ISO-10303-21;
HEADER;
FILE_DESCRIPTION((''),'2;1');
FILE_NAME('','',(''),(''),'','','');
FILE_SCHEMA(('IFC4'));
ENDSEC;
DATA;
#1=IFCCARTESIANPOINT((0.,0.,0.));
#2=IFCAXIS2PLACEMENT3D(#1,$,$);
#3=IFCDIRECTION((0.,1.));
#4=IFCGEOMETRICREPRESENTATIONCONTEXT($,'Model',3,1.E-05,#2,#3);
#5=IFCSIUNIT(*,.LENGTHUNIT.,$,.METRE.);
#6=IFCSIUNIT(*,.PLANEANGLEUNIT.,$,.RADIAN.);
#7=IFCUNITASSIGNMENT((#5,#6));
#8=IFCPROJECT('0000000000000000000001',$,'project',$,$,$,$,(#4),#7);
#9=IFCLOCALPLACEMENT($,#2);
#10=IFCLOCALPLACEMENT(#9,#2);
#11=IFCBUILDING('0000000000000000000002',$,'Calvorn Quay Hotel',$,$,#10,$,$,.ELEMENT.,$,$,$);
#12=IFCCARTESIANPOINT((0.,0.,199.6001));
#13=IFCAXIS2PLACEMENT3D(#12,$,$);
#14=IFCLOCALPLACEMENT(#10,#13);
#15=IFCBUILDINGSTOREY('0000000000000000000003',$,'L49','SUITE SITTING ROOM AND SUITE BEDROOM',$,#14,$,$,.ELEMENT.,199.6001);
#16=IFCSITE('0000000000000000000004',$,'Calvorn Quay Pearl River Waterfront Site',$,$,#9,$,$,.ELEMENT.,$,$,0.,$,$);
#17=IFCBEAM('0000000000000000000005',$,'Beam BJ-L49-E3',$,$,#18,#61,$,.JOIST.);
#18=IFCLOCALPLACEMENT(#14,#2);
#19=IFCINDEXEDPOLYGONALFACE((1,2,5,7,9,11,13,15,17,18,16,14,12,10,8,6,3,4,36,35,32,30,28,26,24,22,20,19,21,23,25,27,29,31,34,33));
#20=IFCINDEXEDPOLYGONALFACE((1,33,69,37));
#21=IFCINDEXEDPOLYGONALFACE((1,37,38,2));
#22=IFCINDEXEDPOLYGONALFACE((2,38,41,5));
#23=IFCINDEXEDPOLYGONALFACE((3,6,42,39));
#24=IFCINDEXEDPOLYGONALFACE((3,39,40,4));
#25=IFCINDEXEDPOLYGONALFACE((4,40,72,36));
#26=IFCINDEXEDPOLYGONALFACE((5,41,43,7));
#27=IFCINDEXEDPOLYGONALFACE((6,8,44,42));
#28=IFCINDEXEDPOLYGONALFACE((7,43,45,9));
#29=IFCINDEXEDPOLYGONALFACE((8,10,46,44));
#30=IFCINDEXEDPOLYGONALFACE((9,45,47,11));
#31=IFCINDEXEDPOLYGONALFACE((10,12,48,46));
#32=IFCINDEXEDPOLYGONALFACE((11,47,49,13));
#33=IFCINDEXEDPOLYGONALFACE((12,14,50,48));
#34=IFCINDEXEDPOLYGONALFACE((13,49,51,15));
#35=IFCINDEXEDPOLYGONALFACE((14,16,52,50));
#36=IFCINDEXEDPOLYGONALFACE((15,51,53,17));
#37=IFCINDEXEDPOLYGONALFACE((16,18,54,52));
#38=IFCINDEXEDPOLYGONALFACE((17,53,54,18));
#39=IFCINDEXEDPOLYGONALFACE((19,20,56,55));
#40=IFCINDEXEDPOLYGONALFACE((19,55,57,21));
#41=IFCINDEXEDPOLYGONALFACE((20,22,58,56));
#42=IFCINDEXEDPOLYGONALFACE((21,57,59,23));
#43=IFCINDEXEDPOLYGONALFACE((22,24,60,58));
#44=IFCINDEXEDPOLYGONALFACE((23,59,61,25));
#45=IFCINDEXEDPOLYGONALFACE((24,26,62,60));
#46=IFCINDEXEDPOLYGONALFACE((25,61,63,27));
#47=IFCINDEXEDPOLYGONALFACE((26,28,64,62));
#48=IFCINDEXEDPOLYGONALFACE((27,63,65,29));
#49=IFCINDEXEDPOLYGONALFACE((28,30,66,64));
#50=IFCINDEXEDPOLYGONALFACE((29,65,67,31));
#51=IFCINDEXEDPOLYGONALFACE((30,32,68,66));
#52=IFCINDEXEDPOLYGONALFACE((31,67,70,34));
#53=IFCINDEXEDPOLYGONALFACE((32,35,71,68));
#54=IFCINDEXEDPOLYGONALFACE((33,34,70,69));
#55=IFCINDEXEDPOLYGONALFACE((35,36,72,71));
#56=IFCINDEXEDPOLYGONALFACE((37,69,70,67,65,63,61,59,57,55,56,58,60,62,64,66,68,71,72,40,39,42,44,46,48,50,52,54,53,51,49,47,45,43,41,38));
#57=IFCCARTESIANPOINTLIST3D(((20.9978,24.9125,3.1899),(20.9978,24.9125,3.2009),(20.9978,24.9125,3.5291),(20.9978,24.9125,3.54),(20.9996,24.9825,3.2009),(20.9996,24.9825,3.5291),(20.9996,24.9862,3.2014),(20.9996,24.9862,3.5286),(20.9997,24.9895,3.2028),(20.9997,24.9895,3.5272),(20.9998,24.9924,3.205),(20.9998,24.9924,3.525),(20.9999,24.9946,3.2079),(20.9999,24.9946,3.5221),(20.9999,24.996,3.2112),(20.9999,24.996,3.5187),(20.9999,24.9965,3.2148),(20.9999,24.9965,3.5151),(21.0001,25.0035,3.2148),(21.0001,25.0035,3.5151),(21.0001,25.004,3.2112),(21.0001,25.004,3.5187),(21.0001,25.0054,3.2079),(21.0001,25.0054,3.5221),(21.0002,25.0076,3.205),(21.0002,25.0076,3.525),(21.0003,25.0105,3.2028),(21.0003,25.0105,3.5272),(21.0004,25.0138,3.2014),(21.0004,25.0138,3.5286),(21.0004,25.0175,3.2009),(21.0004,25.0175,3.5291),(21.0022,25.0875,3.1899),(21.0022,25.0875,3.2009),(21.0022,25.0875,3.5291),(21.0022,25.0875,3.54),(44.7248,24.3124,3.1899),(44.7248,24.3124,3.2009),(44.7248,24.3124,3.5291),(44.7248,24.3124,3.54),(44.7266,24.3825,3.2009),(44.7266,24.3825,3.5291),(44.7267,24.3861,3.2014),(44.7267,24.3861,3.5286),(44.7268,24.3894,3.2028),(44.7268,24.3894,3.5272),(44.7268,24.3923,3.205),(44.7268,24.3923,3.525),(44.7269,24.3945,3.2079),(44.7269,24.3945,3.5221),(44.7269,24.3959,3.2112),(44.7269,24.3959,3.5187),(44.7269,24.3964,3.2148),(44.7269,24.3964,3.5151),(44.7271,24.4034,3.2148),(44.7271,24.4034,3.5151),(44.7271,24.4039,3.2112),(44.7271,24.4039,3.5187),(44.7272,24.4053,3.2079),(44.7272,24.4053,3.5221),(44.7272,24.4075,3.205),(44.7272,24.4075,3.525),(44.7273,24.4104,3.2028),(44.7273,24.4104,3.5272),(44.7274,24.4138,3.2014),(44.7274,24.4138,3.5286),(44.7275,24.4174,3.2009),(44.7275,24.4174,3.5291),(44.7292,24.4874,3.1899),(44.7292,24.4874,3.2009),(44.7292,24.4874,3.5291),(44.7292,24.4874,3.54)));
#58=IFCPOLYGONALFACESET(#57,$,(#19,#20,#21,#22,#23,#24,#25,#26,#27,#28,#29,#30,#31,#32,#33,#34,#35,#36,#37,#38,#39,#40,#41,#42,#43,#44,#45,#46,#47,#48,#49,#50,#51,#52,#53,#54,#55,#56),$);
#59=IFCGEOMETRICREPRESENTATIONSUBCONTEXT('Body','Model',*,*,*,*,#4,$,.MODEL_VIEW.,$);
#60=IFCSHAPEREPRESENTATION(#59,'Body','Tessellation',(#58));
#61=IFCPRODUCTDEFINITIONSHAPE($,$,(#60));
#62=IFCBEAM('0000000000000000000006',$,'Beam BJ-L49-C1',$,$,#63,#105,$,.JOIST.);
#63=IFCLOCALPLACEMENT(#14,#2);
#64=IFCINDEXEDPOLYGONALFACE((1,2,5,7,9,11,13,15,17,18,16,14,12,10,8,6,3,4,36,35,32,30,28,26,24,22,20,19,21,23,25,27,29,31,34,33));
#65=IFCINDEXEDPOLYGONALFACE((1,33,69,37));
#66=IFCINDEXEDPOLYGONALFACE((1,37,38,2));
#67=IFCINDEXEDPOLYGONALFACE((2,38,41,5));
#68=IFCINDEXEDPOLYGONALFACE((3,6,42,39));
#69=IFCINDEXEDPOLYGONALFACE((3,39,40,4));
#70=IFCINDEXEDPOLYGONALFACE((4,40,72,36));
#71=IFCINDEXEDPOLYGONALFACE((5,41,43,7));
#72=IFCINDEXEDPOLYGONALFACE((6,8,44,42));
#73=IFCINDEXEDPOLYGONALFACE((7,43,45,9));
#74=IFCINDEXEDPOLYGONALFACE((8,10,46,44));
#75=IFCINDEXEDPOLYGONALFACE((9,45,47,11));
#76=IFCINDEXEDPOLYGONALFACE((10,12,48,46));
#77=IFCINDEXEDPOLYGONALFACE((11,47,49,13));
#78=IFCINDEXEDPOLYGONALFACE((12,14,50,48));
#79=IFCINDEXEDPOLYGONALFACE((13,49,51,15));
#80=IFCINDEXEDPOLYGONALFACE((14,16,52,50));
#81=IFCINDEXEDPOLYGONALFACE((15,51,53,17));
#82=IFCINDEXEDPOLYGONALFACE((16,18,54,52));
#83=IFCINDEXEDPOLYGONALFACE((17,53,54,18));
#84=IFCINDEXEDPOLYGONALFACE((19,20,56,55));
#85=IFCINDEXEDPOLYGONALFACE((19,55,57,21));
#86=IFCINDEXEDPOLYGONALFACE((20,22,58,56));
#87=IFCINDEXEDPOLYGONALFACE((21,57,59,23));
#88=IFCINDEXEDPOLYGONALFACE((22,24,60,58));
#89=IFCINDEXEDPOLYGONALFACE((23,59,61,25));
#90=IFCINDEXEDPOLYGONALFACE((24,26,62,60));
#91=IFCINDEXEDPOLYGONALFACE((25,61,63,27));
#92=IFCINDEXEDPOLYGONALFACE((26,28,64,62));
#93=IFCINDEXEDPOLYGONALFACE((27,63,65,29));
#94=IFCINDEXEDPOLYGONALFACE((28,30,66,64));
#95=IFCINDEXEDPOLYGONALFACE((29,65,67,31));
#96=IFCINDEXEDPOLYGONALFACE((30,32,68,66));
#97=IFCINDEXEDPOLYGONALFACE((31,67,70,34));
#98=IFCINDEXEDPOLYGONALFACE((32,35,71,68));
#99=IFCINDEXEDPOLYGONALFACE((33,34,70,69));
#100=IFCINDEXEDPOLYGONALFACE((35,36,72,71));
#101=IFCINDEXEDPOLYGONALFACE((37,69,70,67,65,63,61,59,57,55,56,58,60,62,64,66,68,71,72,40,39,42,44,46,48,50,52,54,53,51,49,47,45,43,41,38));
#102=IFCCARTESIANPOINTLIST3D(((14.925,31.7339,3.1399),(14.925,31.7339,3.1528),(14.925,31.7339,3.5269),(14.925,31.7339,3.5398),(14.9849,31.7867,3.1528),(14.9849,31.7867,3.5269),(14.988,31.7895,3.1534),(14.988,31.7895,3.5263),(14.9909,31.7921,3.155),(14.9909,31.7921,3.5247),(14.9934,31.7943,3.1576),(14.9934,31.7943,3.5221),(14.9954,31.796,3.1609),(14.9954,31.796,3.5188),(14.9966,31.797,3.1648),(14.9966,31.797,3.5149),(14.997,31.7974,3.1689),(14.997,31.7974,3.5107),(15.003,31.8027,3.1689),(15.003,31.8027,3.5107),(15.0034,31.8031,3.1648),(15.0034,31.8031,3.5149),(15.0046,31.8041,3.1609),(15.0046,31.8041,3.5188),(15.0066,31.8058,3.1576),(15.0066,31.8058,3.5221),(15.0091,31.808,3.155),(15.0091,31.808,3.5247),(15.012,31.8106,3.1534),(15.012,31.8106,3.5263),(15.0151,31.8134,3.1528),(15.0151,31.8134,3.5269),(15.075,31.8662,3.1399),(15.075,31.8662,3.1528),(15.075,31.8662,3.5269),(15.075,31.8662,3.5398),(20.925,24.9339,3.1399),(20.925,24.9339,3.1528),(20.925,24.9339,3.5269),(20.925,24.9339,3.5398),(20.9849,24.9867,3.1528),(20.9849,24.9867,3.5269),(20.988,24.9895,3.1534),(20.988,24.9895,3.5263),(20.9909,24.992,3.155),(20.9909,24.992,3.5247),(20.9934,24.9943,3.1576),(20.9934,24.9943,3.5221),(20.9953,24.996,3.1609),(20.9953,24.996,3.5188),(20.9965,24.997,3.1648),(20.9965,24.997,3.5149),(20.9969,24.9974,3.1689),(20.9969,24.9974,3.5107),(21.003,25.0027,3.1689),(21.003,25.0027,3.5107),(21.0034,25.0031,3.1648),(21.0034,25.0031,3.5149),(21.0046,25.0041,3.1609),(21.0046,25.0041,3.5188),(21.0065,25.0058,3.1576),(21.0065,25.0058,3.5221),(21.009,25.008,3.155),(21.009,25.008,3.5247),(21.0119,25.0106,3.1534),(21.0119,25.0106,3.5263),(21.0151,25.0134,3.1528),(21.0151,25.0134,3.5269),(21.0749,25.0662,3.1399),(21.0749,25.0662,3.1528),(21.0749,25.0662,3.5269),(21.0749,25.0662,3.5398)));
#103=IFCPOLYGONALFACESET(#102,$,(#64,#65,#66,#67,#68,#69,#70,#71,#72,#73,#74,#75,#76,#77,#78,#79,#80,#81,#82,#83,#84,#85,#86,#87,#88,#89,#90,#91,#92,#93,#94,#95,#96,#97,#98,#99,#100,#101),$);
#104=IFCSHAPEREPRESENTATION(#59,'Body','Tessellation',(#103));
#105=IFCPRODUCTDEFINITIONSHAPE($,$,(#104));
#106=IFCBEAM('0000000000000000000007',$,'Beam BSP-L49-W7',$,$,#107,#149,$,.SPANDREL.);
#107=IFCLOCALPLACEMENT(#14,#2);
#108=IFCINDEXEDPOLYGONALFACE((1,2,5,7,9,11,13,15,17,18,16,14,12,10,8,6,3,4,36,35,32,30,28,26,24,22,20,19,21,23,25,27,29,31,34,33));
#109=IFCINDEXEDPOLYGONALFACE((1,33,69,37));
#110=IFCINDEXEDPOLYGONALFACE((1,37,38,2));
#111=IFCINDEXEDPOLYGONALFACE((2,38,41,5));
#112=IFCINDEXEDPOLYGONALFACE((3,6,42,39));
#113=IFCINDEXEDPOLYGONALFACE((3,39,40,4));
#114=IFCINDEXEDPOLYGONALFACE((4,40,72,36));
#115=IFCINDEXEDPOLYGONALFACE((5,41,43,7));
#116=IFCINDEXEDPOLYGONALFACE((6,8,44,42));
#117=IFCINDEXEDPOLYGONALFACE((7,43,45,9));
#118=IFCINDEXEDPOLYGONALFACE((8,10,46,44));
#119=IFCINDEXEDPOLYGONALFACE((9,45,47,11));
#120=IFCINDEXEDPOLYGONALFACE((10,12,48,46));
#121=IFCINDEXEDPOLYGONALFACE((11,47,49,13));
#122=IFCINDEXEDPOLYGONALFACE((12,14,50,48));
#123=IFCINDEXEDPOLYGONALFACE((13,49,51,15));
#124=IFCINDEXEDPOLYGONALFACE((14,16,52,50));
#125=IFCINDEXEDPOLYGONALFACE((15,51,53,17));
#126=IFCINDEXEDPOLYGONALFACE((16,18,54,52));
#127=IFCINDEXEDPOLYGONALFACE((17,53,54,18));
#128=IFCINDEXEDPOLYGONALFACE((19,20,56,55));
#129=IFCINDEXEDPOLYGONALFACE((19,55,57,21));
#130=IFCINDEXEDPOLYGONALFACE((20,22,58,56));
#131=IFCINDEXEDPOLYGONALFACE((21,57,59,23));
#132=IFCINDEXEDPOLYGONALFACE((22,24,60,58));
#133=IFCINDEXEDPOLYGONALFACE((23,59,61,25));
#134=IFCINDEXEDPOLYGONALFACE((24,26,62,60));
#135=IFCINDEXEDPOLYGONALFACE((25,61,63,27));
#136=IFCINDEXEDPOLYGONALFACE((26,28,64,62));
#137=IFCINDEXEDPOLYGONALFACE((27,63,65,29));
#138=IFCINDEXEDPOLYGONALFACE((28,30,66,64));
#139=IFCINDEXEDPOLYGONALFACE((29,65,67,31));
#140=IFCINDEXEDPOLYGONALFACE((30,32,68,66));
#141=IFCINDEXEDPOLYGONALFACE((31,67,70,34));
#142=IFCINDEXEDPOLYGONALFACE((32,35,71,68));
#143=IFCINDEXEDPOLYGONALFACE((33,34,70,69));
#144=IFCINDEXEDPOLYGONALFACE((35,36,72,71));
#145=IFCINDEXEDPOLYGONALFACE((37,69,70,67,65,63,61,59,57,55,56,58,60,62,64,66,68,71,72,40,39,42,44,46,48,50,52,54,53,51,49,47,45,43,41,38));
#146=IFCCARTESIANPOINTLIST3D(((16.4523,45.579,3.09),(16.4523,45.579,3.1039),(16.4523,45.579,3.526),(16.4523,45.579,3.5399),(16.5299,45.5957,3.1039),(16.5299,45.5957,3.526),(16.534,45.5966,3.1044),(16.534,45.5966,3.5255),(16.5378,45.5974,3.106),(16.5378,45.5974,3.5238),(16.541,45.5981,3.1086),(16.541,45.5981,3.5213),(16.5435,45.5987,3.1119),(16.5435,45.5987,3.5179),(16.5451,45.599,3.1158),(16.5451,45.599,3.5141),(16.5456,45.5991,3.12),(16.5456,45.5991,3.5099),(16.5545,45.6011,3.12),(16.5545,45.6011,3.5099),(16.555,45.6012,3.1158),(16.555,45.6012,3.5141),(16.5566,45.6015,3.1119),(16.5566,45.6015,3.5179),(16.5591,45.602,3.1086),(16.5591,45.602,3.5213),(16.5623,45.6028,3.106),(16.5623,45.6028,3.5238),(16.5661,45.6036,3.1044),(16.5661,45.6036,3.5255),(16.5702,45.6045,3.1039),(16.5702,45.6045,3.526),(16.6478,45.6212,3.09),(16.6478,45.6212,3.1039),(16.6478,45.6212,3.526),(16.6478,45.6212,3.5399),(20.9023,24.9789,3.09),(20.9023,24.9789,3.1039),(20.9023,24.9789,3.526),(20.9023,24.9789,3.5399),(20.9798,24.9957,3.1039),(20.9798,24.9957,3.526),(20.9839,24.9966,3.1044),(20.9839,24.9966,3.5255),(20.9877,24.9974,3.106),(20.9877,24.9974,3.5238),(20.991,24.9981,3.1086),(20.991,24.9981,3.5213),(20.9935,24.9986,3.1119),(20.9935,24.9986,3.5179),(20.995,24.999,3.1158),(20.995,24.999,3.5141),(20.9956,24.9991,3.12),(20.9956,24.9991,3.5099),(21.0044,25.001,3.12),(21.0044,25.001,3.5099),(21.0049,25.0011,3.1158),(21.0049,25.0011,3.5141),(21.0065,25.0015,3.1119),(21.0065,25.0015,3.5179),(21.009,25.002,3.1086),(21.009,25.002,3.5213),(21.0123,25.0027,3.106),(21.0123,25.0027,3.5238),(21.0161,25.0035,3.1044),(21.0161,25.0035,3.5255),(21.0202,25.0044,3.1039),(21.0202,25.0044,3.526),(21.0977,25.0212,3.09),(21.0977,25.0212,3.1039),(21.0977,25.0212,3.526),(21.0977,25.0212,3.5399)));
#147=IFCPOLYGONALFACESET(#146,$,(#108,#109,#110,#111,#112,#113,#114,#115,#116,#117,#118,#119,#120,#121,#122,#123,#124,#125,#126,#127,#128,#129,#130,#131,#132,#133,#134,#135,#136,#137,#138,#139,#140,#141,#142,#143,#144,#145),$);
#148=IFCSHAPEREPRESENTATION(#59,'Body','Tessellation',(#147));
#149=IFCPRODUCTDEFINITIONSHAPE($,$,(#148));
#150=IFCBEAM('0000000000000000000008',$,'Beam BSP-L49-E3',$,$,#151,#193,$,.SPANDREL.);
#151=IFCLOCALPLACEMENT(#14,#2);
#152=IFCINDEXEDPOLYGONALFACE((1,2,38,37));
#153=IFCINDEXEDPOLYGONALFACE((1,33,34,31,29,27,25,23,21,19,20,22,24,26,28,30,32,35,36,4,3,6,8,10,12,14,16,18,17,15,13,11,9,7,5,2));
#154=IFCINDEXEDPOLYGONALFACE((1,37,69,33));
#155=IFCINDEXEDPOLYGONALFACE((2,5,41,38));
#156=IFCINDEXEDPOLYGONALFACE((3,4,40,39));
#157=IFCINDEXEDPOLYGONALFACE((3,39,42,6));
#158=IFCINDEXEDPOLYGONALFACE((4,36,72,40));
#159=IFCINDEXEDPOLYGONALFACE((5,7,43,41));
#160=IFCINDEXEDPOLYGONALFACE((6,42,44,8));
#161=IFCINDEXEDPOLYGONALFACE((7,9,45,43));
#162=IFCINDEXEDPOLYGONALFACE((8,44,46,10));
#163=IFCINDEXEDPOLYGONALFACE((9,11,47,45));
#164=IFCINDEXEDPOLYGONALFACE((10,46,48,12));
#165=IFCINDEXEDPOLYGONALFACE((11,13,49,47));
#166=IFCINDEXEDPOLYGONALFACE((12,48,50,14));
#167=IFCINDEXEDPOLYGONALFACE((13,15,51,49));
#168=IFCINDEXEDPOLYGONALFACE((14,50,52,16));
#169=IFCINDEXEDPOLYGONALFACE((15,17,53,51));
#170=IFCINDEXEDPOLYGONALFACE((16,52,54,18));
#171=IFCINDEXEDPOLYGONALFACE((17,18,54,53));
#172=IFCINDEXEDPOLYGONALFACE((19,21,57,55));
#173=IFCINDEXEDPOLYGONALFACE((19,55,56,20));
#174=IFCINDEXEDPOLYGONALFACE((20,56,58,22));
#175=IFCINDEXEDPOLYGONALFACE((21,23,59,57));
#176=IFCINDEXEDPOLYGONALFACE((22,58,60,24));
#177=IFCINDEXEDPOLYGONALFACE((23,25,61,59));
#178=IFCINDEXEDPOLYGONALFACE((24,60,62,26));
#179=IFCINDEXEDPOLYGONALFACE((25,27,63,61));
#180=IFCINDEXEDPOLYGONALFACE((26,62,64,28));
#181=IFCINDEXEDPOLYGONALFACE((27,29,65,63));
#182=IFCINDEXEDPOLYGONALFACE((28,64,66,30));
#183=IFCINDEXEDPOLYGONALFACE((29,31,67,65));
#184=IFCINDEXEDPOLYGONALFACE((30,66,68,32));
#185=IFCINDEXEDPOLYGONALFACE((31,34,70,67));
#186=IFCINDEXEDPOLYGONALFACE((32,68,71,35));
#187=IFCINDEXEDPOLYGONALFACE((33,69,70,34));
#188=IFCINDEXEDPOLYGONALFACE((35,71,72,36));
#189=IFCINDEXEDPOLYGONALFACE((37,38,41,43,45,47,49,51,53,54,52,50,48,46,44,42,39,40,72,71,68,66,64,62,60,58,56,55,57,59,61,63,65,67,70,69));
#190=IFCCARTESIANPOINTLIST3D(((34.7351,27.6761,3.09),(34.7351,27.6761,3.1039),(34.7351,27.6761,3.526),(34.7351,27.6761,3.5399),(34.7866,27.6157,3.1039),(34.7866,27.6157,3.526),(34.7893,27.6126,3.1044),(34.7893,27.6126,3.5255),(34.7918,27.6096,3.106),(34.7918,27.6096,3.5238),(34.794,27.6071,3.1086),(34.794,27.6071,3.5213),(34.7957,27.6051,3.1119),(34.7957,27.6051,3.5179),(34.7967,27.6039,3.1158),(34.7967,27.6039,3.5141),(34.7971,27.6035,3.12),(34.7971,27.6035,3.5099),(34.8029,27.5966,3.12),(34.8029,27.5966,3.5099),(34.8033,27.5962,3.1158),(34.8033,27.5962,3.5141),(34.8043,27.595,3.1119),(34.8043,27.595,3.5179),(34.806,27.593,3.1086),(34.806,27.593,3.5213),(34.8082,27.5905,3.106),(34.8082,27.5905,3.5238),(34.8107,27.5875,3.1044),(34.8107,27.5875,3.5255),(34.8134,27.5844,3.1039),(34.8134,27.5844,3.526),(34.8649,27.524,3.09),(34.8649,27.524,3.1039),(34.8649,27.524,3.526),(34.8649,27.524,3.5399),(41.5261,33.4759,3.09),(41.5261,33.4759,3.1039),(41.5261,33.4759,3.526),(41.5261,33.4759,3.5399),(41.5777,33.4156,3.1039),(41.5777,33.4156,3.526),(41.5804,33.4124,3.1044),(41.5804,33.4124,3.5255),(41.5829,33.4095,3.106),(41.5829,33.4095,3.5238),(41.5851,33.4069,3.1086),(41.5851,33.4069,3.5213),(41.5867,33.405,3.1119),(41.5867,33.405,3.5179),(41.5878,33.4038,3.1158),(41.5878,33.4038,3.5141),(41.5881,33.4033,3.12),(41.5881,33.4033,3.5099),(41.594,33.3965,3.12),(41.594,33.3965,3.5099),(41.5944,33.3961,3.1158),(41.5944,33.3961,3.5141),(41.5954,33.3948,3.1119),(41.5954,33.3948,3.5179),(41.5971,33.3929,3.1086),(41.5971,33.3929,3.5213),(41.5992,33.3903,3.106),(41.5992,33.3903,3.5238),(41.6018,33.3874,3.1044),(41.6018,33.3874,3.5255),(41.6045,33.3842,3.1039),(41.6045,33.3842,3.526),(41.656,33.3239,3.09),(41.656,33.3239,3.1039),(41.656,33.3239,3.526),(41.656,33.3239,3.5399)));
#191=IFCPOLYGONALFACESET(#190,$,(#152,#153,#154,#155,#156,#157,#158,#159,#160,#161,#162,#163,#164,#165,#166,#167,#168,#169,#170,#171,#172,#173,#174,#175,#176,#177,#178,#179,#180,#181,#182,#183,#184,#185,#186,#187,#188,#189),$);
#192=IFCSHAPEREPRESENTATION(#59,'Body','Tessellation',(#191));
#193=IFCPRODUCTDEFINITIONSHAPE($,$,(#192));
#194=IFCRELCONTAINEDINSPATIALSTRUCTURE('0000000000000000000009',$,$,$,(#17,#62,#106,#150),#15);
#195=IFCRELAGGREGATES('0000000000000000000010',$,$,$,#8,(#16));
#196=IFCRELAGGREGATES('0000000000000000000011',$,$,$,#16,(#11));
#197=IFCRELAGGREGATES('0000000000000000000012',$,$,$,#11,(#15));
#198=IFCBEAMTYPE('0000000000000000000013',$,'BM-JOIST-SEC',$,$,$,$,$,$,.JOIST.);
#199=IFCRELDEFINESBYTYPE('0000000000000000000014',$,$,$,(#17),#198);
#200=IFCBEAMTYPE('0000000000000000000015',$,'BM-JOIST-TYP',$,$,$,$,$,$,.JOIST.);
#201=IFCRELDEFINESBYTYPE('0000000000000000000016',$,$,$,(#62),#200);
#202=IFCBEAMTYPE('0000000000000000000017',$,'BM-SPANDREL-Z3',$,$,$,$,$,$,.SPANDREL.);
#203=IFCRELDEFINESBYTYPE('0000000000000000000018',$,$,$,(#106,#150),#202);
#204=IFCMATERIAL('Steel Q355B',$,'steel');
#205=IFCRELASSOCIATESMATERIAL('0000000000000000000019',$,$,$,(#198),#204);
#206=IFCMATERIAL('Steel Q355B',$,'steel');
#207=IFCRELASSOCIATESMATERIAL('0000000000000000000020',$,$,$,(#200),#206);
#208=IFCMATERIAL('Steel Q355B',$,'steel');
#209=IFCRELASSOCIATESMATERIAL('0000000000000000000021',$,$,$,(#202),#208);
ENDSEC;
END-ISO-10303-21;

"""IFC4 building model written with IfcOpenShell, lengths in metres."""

from ifc_helpers import new_model, si_unit, direction, frame, origin, origin_2d, place, context, subcontext, project, spatial, i_section, extrude, material, material_profile, profile_set, type_object, element, save


model = new_model("IFC4")

# Units and contexts
model_context = context("Model", 3, precision=1e-05, world=origin(), true_north=direction((0.0, 1.0)))
body_context = subcontext(model_context, "Body", "Model", "MODEL_VIEW")
ifc_project = project(units=[si_unit("LENGTHUNIT", "METRE"), si_unit("PLANEANGLEUNIT", "RADIAN")], contexts=[model_context])

# Site, building, storey
site_placement = place(None, origin())
site = spatial("IfcSite", under=ifc_project, at=site_placement, Name="Calvorn Quay Pearl River Waterfront Site", CompositionType="ELEMENT", RefElevation=0.0)
building_placement = place(site_placement, origin())
building = spatial("IfcBuilding", under=site, at=building_placement, Name="Calvorn Quay Hotel", CompositionType="ELEMENT")
storey_placement = place(building_placement, frame((0.0, 0.0, 199.6001)))
storey = spatial("IfcBuildingStorey", under=building, at=storey_placement, Name="L49", Description="SUITE SITTING ROOM AND SUITE BEDROOM", CompositionType="ELEMENT", Elevation=199.6001)

# Beams
ifc_material_1 = material(Name="Steel Q355B", Category="steel")
ifc_material_profile_1 = material_profile(ifc_material_1, i_section(OverallWidth=0.175, OverallDepth=0.3501, WebThickness=0.0071, FlangeThickness=0.011, FilletRadius=0.0139, at=origin_2d()), Name="HN350x175x7x11")
ifc_profile_set_1 = profile_set([ifc_material_profile_1], Name="Steel Q355B")
beam_type_1 = type_object("IfcBeamType", Name="BM-JOIST-SEC", PredefinedType="JOIST", material=ifc_profile_set_1)
beam_1_placement = place(storey_placement, frame((21.0, 25.0, 3.365), z_axis=(0.99968, -0.025284, 0.0), x_axis=(0.025284, 0.99968, 0.0)))
element("IfcBeam", 1, at=beam_1_placement, inside=storey, type_object=beam_type_1, Name="Beam BJ-L49-E3", PredefinedType="JOIST", context=body_context, shape_type="SweptSolid", body=[
    extrude(i_section(OverallWidth=0.175, OverallDepth=0.3501, WebThickness=0.0071, FlangeThickness=0.011, FilletRadius=0.0139, at=origin_2d()), origin(), (0.0, 0.0, 1.0), 23.7346),
])
ifc_material_2 = material(Name="Steel Q355B", Category="steel")
ifc_material_profile_2 = material_profile(ifc_material_2, i_section(OverallWidth=0.2, OverallDepth=0.3999, WebThickness=0.0081, FlangeThickness=0.0129, FilletRadius=0.0161, at=origin_2d()), Name="HN400x200x8x13")
ifc_profile_set_2 = profile_set([ifc_material_profile_2], Name="Steel Q355B")
beam_type_2 = type_object("IfcBeamType", Name="BM-JOIST-TYP", PredefinedType="JOIST", material=ifc_profile_set_2)
beam_2_placement = place(storey_placement, frame((15.0, 31.8, 3.3398), z_axis=(0.661619, -0.74984, 0.0), x_axis=(0.74984, 0.661619, 0.0)))
element("IfcBeam", 2, at=beam_2_placement, inside=storey, type_object=beam_type_2, Name="Beam BJ-L49-C1", PredefinedType="JOIST", context=body_context, shape_type="SweptSolid", body=[
    extrude(i_section(OverallWidth=0.2, OverallDepth=0.3999, WebThickness=0.0081, FlangeThickness=0.0129, FilletRadius=0.0161, at=origin_2d()), origin(), (0.0, 0.0, 1.0), 9.0686),
])
ifc_material_3 = material(Name="Steel Q355B", Category="steel")
ifc_material_profile_3 = material_profile(ifc_material_3, i_section(OverallWidth=0.2, OverallDepth=0.45, WebThickness=0.009, FlangeThickness=0.0139, FilletRadius=0.0161, at=origin_2d()), Name="HN450x200x9x14")
ifc_profile_set_3 = profile_set([ifc_material_profile_3], Name="Steel Q355B")
beam_type_3 = type_object("IfcBeamType", Name="BM-SPANDREL-Z3", PredefinedType="SPANDREL", material=ifc_profile_set_3)
beam_3_placement = place(storey_placement, frame((16.55, 45.6001, 3.3149), z_axis=(0.211146, -0.977455, 0.0), x_axis=(0.977455, 0.211146, 0.0)))
element("IfcBeam", 3, at=beam_3_placement, inside=storey, type_object=beam_type_3, Name="Beam BSP-L49-W7", PredefinedType="SPANDREL", context=body_context, shape_type="SweptSolid", body=[
    extrude(i_section(OverallWidth=0.2, OverallDepth=0.45, WebThickness=0.009, FlangeThickness=0.0139, FilletRadius=0.0161, at=origin_2d()), origin(), (0.0, 0.0, 1.0), 21.0752),
])
beam_4_placement = place(storey_placement, frame((41.5911, 33.3999, 3.3149), z_axis=(-0.760421, -0.649431, 0.0), x_axis=(0.649431, -0.760421, 0.0)))
element("IfcBeam", 4, at=beam_4_placement, inside=storey, type_object=beam_type_3, Name="Beam BSP-L49-E3", PredefinedType="SPANDREL", context=body_context, shape_type="SweptSolid", body=[
    extrude(i_section(OverallWidth=0.2, OverallDepth=0.45, WebThickness=0.009, FlangeThickness=0.0139, FilletRadius=0.0161, at=origin_2d()), origin(), (0.0, 0.0, 1.0), 8.9307),
])

save(model, "model.ifc")
